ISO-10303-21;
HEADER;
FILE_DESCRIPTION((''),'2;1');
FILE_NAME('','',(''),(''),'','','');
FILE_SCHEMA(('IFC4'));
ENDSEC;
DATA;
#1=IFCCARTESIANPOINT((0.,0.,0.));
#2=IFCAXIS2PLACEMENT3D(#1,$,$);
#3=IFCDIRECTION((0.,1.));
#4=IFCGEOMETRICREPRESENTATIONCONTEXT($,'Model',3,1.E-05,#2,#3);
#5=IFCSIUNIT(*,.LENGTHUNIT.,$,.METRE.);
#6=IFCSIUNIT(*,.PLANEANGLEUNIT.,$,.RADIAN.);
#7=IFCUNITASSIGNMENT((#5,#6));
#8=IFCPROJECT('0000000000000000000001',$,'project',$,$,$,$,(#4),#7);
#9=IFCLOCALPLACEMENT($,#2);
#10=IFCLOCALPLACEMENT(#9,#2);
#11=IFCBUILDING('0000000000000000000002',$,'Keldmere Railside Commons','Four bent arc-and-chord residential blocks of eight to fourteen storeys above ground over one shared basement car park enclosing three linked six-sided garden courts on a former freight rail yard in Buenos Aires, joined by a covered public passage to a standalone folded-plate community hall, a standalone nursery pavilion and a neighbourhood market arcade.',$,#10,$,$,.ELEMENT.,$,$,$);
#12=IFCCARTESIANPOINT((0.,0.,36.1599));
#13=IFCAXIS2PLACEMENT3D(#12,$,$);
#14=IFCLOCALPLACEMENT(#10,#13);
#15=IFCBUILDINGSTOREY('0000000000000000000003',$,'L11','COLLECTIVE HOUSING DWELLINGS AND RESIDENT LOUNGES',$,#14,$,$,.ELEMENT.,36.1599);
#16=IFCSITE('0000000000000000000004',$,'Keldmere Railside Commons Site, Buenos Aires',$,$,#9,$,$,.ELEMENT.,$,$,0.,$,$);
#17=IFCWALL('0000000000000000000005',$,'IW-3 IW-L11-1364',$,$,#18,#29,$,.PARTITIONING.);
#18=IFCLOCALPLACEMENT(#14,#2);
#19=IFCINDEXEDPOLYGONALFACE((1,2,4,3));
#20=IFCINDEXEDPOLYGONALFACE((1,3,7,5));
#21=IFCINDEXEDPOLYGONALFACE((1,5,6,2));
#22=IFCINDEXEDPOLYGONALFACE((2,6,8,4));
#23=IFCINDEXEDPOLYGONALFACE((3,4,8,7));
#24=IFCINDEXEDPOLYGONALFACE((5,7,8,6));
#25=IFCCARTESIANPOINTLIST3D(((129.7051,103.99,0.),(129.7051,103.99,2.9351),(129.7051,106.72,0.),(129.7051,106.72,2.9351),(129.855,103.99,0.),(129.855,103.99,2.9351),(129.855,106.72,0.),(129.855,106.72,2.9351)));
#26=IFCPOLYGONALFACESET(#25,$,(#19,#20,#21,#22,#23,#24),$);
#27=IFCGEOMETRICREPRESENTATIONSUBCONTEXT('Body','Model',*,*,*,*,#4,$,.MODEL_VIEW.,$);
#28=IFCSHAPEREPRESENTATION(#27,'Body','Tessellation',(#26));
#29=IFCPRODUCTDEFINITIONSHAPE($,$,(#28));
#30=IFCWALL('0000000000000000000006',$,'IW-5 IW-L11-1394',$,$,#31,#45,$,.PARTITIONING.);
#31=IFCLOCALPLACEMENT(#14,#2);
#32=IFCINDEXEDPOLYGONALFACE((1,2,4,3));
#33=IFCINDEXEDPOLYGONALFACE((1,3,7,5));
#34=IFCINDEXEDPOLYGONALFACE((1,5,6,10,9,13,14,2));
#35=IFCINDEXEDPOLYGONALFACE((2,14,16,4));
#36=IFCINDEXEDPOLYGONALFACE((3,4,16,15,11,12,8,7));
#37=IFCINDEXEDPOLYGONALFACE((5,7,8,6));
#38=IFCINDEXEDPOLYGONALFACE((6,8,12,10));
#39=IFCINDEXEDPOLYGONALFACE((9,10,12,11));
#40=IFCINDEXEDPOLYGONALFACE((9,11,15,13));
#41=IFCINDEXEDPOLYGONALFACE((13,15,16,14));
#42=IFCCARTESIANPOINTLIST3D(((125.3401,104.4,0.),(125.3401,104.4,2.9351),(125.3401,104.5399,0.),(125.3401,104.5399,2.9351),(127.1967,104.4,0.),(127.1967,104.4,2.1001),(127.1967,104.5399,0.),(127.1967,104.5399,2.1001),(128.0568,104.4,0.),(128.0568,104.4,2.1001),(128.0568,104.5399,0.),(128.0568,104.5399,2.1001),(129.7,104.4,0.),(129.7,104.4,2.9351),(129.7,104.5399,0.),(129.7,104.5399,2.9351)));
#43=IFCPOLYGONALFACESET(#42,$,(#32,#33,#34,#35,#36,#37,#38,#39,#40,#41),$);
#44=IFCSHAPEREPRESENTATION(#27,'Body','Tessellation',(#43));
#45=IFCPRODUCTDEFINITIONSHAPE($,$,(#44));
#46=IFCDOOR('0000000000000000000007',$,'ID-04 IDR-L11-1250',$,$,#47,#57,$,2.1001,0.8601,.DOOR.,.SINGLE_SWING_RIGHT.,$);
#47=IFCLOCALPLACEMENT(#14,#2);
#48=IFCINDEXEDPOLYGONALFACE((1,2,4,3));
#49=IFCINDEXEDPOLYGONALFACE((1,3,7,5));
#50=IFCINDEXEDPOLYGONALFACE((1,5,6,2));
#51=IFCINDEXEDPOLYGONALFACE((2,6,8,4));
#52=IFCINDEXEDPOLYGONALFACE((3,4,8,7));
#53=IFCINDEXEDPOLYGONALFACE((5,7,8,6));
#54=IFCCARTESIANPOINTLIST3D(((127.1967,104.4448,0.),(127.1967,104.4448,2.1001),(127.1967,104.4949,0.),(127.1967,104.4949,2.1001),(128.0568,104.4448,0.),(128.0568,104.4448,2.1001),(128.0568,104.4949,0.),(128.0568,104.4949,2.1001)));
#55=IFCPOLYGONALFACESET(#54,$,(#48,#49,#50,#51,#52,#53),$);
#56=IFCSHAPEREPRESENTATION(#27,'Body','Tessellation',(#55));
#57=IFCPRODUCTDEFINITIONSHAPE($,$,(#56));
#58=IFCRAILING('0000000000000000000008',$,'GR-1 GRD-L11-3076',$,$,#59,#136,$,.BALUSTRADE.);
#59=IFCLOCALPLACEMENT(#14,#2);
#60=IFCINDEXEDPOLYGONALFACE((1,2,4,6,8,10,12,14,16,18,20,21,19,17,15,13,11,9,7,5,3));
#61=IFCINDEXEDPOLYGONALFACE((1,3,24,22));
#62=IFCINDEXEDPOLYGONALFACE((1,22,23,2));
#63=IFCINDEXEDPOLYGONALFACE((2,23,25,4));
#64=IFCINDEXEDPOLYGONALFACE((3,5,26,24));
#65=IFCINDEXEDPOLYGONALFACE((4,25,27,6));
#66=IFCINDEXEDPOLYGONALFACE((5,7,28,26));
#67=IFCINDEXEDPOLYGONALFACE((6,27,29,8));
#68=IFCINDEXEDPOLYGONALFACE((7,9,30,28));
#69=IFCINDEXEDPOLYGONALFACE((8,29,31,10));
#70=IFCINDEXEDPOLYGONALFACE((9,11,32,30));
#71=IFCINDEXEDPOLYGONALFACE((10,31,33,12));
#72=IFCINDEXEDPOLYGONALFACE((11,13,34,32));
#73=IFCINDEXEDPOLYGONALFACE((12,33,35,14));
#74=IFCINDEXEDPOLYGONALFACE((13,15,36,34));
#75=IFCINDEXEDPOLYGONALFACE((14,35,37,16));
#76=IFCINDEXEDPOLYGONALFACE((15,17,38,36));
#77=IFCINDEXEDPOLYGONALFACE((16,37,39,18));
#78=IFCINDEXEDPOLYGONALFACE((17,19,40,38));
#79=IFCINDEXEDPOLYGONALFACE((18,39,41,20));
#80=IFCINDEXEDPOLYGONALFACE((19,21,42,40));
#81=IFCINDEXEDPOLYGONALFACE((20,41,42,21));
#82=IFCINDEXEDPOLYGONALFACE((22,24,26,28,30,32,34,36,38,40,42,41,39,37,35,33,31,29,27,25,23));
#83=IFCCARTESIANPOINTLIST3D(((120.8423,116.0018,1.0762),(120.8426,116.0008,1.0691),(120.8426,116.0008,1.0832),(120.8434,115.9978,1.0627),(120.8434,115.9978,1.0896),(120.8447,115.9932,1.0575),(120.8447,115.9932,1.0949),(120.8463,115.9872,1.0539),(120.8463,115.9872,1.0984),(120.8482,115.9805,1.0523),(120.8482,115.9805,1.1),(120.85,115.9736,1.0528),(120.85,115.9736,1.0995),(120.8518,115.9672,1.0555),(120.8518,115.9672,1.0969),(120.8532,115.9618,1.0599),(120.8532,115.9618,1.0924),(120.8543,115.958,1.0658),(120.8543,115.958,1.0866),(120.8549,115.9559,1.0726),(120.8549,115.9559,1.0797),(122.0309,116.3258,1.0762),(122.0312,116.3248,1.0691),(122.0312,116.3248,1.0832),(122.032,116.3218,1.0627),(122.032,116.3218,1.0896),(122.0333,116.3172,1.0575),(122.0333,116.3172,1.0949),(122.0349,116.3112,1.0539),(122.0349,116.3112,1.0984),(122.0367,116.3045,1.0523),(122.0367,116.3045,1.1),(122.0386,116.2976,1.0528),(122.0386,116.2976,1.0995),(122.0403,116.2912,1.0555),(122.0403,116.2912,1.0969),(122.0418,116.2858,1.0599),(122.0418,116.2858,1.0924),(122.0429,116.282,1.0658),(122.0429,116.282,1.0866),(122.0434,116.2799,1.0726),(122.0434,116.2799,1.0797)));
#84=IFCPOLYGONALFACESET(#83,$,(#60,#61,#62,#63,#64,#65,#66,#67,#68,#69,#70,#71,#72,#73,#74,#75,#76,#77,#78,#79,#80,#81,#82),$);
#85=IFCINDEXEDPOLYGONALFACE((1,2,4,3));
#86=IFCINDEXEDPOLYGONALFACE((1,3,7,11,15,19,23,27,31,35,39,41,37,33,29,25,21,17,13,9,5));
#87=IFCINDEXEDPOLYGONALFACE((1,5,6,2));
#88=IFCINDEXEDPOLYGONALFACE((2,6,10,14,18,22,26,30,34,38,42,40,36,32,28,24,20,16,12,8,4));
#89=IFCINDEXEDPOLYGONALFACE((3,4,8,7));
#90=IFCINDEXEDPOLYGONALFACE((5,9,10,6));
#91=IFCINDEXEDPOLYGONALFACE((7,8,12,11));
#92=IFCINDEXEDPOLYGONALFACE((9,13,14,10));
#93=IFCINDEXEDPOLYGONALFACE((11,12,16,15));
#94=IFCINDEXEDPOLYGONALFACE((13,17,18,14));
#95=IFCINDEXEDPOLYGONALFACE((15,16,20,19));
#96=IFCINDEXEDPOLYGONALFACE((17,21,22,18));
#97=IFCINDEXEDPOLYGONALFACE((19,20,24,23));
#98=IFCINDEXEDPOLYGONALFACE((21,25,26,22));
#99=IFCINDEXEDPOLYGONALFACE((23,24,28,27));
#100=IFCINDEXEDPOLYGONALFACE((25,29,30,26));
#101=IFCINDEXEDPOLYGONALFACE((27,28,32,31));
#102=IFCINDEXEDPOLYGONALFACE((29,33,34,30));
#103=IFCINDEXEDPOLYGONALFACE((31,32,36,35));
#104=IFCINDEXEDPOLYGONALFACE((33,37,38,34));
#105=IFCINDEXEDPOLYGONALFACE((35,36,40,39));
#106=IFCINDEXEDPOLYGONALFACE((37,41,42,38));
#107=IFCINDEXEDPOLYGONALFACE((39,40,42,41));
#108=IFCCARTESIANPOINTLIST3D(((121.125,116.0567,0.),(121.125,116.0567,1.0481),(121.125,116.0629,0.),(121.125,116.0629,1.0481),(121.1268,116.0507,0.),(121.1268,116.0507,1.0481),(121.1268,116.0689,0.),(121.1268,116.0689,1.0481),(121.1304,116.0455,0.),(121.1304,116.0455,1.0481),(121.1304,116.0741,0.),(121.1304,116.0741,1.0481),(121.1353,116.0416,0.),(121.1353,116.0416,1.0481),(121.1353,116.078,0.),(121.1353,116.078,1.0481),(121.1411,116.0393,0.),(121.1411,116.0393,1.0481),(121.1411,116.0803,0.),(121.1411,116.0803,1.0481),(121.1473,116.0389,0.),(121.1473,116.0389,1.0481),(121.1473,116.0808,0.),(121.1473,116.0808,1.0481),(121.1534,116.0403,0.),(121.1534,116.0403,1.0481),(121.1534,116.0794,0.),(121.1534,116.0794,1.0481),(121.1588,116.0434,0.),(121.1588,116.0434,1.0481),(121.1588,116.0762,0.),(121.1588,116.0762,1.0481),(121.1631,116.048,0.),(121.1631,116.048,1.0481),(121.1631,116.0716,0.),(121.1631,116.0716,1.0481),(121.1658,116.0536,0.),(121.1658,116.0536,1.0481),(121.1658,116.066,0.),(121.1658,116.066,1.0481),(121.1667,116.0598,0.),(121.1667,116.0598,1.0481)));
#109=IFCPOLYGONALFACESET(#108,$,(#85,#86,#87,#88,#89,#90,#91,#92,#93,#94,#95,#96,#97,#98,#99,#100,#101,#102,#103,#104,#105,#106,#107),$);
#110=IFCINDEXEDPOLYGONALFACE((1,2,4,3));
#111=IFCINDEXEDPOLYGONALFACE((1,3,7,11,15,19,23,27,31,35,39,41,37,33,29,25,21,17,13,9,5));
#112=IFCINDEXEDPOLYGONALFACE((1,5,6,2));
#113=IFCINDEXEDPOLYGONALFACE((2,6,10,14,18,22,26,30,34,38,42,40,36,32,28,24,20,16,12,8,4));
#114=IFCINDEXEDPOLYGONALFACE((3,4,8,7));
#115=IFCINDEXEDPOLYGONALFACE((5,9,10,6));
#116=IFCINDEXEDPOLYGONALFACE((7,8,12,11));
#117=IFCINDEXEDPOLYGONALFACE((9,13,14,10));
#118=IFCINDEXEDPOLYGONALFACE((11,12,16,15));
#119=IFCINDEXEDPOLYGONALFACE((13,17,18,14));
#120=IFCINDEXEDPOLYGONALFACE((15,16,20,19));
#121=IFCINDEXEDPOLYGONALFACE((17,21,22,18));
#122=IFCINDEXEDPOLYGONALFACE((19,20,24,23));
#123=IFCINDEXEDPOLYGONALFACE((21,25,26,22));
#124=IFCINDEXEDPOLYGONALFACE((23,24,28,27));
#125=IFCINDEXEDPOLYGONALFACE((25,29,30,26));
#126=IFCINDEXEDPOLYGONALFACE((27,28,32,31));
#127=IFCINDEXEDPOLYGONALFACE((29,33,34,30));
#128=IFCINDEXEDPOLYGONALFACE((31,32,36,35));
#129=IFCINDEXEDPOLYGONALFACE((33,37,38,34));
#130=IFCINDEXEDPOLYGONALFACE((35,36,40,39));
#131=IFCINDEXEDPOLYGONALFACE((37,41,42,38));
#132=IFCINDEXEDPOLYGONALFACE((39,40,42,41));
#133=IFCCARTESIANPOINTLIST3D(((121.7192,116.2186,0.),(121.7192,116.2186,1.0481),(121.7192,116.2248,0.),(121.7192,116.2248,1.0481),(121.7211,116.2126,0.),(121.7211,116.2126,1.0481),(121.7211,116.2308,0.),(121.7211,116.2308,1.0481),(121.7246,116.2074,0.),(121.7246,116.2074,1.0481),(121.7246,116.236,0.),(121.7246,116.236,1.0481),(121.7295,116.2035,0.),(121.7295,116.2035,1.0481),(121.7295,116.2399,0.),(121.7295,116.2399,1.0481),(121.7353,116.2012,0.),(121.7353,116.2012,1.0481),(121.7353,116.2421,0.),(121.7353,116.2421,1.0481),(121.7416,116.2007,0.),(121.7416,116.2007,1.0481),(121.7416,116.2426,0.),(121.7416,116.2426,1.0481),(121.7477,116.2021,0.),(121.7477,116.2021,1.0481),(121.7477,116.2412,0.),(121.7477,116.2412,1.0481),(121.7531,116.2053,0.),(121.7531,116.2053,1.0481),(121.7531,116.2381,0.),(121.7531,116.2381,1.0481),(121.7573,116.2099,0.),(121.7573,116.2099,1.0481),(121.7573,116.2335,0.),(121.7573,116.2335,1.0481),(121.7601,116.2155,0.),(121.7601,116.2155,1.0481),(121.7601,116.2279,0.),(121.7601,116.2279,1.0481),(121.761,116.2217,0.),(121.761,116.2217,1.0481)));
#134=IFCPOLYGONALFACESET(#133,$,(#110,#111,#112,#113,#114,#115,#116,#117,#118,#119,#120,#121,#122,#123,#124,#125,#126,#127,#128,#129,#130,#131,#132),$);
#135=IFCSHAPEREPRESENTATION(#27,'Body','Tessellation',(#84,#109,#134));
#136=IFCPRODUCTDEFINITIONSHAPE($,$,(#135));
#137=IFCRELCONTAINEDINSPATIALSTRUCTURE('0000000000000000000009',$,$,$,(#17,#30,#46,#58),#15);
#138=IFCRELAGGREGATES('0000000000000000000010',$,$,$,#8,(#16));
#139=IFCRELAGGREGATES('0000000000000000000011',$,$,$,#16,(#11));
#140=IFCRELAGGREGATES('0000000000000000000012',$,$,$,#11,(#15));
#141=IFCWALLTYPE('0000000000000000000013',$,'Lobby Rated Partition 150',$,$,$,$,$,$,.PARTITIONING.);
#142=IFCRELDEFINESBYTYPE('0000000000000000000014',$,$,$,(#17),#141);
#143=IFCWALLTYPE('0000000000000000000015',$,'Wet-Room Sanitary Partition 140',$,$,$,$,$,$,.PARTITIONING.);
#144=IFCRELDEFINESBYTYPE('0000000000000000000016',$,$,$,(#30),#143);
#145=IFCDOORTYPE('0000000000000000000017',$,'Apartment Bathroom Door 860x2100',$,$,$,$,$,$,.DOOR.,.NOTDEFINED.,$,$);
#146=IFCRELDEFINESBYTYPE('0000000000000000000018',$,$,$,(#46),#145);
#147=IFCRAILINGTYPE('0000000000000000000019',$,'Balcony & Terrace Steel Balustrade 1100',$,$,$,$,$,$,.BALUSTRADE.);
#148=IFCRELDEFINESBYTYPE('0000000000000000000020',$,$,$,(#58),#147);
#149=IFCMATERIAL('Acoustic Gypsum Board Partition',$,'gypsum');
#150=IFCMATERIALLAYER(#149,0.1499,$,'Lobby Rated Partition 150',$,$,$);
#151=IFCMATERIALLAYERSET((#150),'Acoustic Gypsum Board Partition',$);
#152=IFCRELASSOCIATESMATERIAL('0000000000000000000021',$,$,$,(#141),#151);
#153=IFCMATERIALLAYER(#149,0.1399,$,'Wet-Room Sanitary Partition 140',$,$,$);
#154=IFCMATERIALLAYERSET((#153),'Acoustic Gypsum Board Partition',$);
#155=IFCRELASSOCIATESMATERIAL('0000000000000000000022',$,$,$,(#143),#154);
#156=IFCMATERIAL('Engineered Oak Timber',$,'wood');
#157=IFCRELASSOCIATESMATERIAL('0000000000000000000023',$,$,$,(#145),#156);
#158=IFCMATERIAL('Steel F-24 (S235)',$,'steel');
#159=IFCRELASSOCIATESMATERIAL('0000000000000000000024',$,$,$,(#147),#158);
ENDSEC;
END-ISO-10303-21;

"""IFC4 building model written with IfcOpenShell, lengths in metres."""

from ifc_helpers import new_model, si_unit, direction, frame, frame_2d, origin, origin_2d, place, context, subcontext, project, spatial, rectangle, circle, extrude, material, layer, layer_set, type_object, element, fill, save


model = new_model("IFC4")

# Units and contexts
model_context = context("Model", 3, precision=1e-05, world=origin(), true_north=direction((0.0, 1.0)))
body_context = subcontext(model_context, "Body", "Model", "MODEL_VIEW")
ifc_project = project(units=[si_unit("LENGTHUNIT", "METRE"), si_unit("PLANEANGLEUNIT", "RADIAN")], contexts=[model_context])

# Site, building, storey
site_placement = place(None, origin())
site = spatial("IfcSite", under=ifc_project, at=site_placement, Name="Keldmere Railside Commons Site, Buenos Aires", CompositionType="ELEMENT", RefElevation=0.0)
building_placement = place(site_placement, origin())
building = spatial("IfcBuilding", under=site, at=building_placement, Name="Keldmere Railside Commons", Description="Four bent arc-and-chord residential blocks of eight to fourteen storeys above ground over one shared basement car park enclosing three linked six-sided garden courts on a former freight rail yard in Buenos Aires, joined by a covered public passage to a standalone folded-plate community hall, a standalone nursery pavilion and a neighbourhood market arcade.", CompositionType="ELEMENT")
storey_placement = place(building_placement, frame((0.0, 0.0, 36.1599)))
storey = spatial("IfcBuildingStorey", under=building, at=storey_placement, Name="L11", Description="COLLECTIVE HOUSING DWELLINGS AND RESIDENT LOUNGES", CompositionType="ELEMENT", Elevation=36.1599)

# Shared definitions
ifc_material_1 = material(Name="Acoustic Gypsum Board Partition", Category="gypsum")

# Shared definitions
ifc_material_2 = material(Name="Engineered Oak Timber", Category="wood")

# Wall
ifc_layer_1 = layer(ifc_material_1, 0.1499, Name="Lobby Rated Partition 150")
ifc_layer_set_1 = layer_set([ifc_layer_1], Name="Acoustic Gypsum Board Partition")
wall_type_1 = type_object("IfcWallType", Name="Lobby Rated Partition 150", PredefinedType="PARTITIONING", material=ifc_layer_set_1)
wall_1_placement = place(storey_placement, frame((129.78, 103.99, 0.0), z_axis=(0.0, 0.0, 1.0), x_axis=(0.0, 1.0, 0.0)))
element("IfcWall", 1, at=wall_1_placement, inside=storey, type_object=wall_type_1, Name="IW-3 IW-L11-1364", PredefinedType="PARTITIONING", context=body_context, shape_type="SweptSolid", body=[
    extrude(rectangle(XDim=2.73, YDim=0.1499, at=frame_2d((1.365, 0.0))), origin(), (0.0, 0.0, 1.0), 2.9351),
])

# Wall, opening, door
ifc_layer_2 = layer(ifc_material_1, 0.1399, Name="Wet-Room Sanitary Partition 140")
ifc_layer_set_2 = layer_set([ifc_layer_2], Name="Acoustic Gypsum Board Partition")
wall_type_2 = type_object("IfcWallType", Name="Wet-Room Sanitary Partition 140", PredefinedType="PARTITIONING", material=ifc_layer_set_2)
wall_2_placement = place(storey_placement, frame((125.3401, 104.47, 0.0), z_axis=(0.0, 0.0, 1.0), x_axis=(1.0, 0.0, 0.0)))
wall_2 = element("IfcWall", 2, at=wall_2_placement, inside=storey, type_object=wall_type_2, Name="IW-5 IW-L11-1394", PredefinedType="PARTITIONING", context=body_context, shape_type="SweptSolid", body=[
    extrude(rectangle(XDim=4.3599, YDim=0.1399, at=frame_2d((2.1799, 0.0))), origin(), (0.0, 0.0, 1.0), 2.9351),
])
opening_1_placement = place(wall_2_placement, frame((1.8564, 0.0, 0.0)))
opening_1 = element("IfcOpeningElement", 3, at=opening_1_placement, cuts=wall_2, PredefinedType="OPENING", context=body_context, shape_type="SweptSolid", body=[
    extrude(rectangle(XDim=0.8601, YDim=2.1001, at=frame_2d((0.4302, 1.05))), frame((0.0, 0.0798, 0.0), z_axis=(0.0, -1.0, 0.0), x_axis=(1.0, 0.0, 0.0)), (0.0, 0.0, 1.0), 0.1599),
])
door_type_1 = type_object("IfcDoorType", Name="Apartment Bathroom Door 860x2100", OperationType="NOTDEFINED", PredefinedType="DOOR", material=ifc_material_2)
door_1_placement = place(opening_1_placement, origin())
door_1 = element("IfcDoor", 4, at=door_1_placement, inside=storey, type_object=door_type_1, Name="ID-04 IDR-L11-1250", OperationType="SINGLE_SWING_RIGHT", OverallHeight=2.1001, OverallWidth=0.8601, PredefinedType="DOOR", context=body_context, shape_type="SweptSolid", body=[
    extrude(rectangle(XDim=0.8601, YDim=2.1001, at=frame_2d((0.4302, 1.05))), frame((0.0, 0.0249, 0.0), z_axis=(0.0, -1.0, 0.0), x_axis=(1.0, 0.0, 0.0)), (0.0, 0.0, 1.0), 0.05),
])
fill(opening_1, door_1)

# Railing
ifc_material_3 = material(Name="Steel F-24 (S235)", Category="steel")
railing_type_1 = type_object("IfcRailingType", Name="Balcony & Terrace Steel Balustrade 1100", PredefinedType="BALUSTRADE", material=ifc_material_3)
railing_1_placement = place(storey_placement, frame((120.8486, 115.9788, 0.0)))
element("IfcRailing", 5, at=railing_1_placement, inside=storey, type_object=railing_type_1, Name="GR-1 GRD-L11-3076", PredefinedType="BALUSTRADE", context=body_context, shape_type="SweptSolid", body=[
    extrude(circle(Radius=0.0239, at=origin_2d()), frame((0.0, 0.0, 1.0762), z_axis=(0.964796, 0.263, 0.0), x_axis=(-0.263, 0.964796, 0.0)), (0.0, 0.0, 1.0), 1.2319),
    extrude(circle(Radius=0.021, at=origin_2d()), frame((0.2971, 0.0811, 0.0)), (0.0, 0.0, 1.0), 1.0481),
    extrude(circle(Radius=0.021, at=origin_2d()), frame((0.8914, 0.2429, 0.0)), (0.0, 0.0, 1.0), 1.0481),
])

save(model, "model.ifc")
